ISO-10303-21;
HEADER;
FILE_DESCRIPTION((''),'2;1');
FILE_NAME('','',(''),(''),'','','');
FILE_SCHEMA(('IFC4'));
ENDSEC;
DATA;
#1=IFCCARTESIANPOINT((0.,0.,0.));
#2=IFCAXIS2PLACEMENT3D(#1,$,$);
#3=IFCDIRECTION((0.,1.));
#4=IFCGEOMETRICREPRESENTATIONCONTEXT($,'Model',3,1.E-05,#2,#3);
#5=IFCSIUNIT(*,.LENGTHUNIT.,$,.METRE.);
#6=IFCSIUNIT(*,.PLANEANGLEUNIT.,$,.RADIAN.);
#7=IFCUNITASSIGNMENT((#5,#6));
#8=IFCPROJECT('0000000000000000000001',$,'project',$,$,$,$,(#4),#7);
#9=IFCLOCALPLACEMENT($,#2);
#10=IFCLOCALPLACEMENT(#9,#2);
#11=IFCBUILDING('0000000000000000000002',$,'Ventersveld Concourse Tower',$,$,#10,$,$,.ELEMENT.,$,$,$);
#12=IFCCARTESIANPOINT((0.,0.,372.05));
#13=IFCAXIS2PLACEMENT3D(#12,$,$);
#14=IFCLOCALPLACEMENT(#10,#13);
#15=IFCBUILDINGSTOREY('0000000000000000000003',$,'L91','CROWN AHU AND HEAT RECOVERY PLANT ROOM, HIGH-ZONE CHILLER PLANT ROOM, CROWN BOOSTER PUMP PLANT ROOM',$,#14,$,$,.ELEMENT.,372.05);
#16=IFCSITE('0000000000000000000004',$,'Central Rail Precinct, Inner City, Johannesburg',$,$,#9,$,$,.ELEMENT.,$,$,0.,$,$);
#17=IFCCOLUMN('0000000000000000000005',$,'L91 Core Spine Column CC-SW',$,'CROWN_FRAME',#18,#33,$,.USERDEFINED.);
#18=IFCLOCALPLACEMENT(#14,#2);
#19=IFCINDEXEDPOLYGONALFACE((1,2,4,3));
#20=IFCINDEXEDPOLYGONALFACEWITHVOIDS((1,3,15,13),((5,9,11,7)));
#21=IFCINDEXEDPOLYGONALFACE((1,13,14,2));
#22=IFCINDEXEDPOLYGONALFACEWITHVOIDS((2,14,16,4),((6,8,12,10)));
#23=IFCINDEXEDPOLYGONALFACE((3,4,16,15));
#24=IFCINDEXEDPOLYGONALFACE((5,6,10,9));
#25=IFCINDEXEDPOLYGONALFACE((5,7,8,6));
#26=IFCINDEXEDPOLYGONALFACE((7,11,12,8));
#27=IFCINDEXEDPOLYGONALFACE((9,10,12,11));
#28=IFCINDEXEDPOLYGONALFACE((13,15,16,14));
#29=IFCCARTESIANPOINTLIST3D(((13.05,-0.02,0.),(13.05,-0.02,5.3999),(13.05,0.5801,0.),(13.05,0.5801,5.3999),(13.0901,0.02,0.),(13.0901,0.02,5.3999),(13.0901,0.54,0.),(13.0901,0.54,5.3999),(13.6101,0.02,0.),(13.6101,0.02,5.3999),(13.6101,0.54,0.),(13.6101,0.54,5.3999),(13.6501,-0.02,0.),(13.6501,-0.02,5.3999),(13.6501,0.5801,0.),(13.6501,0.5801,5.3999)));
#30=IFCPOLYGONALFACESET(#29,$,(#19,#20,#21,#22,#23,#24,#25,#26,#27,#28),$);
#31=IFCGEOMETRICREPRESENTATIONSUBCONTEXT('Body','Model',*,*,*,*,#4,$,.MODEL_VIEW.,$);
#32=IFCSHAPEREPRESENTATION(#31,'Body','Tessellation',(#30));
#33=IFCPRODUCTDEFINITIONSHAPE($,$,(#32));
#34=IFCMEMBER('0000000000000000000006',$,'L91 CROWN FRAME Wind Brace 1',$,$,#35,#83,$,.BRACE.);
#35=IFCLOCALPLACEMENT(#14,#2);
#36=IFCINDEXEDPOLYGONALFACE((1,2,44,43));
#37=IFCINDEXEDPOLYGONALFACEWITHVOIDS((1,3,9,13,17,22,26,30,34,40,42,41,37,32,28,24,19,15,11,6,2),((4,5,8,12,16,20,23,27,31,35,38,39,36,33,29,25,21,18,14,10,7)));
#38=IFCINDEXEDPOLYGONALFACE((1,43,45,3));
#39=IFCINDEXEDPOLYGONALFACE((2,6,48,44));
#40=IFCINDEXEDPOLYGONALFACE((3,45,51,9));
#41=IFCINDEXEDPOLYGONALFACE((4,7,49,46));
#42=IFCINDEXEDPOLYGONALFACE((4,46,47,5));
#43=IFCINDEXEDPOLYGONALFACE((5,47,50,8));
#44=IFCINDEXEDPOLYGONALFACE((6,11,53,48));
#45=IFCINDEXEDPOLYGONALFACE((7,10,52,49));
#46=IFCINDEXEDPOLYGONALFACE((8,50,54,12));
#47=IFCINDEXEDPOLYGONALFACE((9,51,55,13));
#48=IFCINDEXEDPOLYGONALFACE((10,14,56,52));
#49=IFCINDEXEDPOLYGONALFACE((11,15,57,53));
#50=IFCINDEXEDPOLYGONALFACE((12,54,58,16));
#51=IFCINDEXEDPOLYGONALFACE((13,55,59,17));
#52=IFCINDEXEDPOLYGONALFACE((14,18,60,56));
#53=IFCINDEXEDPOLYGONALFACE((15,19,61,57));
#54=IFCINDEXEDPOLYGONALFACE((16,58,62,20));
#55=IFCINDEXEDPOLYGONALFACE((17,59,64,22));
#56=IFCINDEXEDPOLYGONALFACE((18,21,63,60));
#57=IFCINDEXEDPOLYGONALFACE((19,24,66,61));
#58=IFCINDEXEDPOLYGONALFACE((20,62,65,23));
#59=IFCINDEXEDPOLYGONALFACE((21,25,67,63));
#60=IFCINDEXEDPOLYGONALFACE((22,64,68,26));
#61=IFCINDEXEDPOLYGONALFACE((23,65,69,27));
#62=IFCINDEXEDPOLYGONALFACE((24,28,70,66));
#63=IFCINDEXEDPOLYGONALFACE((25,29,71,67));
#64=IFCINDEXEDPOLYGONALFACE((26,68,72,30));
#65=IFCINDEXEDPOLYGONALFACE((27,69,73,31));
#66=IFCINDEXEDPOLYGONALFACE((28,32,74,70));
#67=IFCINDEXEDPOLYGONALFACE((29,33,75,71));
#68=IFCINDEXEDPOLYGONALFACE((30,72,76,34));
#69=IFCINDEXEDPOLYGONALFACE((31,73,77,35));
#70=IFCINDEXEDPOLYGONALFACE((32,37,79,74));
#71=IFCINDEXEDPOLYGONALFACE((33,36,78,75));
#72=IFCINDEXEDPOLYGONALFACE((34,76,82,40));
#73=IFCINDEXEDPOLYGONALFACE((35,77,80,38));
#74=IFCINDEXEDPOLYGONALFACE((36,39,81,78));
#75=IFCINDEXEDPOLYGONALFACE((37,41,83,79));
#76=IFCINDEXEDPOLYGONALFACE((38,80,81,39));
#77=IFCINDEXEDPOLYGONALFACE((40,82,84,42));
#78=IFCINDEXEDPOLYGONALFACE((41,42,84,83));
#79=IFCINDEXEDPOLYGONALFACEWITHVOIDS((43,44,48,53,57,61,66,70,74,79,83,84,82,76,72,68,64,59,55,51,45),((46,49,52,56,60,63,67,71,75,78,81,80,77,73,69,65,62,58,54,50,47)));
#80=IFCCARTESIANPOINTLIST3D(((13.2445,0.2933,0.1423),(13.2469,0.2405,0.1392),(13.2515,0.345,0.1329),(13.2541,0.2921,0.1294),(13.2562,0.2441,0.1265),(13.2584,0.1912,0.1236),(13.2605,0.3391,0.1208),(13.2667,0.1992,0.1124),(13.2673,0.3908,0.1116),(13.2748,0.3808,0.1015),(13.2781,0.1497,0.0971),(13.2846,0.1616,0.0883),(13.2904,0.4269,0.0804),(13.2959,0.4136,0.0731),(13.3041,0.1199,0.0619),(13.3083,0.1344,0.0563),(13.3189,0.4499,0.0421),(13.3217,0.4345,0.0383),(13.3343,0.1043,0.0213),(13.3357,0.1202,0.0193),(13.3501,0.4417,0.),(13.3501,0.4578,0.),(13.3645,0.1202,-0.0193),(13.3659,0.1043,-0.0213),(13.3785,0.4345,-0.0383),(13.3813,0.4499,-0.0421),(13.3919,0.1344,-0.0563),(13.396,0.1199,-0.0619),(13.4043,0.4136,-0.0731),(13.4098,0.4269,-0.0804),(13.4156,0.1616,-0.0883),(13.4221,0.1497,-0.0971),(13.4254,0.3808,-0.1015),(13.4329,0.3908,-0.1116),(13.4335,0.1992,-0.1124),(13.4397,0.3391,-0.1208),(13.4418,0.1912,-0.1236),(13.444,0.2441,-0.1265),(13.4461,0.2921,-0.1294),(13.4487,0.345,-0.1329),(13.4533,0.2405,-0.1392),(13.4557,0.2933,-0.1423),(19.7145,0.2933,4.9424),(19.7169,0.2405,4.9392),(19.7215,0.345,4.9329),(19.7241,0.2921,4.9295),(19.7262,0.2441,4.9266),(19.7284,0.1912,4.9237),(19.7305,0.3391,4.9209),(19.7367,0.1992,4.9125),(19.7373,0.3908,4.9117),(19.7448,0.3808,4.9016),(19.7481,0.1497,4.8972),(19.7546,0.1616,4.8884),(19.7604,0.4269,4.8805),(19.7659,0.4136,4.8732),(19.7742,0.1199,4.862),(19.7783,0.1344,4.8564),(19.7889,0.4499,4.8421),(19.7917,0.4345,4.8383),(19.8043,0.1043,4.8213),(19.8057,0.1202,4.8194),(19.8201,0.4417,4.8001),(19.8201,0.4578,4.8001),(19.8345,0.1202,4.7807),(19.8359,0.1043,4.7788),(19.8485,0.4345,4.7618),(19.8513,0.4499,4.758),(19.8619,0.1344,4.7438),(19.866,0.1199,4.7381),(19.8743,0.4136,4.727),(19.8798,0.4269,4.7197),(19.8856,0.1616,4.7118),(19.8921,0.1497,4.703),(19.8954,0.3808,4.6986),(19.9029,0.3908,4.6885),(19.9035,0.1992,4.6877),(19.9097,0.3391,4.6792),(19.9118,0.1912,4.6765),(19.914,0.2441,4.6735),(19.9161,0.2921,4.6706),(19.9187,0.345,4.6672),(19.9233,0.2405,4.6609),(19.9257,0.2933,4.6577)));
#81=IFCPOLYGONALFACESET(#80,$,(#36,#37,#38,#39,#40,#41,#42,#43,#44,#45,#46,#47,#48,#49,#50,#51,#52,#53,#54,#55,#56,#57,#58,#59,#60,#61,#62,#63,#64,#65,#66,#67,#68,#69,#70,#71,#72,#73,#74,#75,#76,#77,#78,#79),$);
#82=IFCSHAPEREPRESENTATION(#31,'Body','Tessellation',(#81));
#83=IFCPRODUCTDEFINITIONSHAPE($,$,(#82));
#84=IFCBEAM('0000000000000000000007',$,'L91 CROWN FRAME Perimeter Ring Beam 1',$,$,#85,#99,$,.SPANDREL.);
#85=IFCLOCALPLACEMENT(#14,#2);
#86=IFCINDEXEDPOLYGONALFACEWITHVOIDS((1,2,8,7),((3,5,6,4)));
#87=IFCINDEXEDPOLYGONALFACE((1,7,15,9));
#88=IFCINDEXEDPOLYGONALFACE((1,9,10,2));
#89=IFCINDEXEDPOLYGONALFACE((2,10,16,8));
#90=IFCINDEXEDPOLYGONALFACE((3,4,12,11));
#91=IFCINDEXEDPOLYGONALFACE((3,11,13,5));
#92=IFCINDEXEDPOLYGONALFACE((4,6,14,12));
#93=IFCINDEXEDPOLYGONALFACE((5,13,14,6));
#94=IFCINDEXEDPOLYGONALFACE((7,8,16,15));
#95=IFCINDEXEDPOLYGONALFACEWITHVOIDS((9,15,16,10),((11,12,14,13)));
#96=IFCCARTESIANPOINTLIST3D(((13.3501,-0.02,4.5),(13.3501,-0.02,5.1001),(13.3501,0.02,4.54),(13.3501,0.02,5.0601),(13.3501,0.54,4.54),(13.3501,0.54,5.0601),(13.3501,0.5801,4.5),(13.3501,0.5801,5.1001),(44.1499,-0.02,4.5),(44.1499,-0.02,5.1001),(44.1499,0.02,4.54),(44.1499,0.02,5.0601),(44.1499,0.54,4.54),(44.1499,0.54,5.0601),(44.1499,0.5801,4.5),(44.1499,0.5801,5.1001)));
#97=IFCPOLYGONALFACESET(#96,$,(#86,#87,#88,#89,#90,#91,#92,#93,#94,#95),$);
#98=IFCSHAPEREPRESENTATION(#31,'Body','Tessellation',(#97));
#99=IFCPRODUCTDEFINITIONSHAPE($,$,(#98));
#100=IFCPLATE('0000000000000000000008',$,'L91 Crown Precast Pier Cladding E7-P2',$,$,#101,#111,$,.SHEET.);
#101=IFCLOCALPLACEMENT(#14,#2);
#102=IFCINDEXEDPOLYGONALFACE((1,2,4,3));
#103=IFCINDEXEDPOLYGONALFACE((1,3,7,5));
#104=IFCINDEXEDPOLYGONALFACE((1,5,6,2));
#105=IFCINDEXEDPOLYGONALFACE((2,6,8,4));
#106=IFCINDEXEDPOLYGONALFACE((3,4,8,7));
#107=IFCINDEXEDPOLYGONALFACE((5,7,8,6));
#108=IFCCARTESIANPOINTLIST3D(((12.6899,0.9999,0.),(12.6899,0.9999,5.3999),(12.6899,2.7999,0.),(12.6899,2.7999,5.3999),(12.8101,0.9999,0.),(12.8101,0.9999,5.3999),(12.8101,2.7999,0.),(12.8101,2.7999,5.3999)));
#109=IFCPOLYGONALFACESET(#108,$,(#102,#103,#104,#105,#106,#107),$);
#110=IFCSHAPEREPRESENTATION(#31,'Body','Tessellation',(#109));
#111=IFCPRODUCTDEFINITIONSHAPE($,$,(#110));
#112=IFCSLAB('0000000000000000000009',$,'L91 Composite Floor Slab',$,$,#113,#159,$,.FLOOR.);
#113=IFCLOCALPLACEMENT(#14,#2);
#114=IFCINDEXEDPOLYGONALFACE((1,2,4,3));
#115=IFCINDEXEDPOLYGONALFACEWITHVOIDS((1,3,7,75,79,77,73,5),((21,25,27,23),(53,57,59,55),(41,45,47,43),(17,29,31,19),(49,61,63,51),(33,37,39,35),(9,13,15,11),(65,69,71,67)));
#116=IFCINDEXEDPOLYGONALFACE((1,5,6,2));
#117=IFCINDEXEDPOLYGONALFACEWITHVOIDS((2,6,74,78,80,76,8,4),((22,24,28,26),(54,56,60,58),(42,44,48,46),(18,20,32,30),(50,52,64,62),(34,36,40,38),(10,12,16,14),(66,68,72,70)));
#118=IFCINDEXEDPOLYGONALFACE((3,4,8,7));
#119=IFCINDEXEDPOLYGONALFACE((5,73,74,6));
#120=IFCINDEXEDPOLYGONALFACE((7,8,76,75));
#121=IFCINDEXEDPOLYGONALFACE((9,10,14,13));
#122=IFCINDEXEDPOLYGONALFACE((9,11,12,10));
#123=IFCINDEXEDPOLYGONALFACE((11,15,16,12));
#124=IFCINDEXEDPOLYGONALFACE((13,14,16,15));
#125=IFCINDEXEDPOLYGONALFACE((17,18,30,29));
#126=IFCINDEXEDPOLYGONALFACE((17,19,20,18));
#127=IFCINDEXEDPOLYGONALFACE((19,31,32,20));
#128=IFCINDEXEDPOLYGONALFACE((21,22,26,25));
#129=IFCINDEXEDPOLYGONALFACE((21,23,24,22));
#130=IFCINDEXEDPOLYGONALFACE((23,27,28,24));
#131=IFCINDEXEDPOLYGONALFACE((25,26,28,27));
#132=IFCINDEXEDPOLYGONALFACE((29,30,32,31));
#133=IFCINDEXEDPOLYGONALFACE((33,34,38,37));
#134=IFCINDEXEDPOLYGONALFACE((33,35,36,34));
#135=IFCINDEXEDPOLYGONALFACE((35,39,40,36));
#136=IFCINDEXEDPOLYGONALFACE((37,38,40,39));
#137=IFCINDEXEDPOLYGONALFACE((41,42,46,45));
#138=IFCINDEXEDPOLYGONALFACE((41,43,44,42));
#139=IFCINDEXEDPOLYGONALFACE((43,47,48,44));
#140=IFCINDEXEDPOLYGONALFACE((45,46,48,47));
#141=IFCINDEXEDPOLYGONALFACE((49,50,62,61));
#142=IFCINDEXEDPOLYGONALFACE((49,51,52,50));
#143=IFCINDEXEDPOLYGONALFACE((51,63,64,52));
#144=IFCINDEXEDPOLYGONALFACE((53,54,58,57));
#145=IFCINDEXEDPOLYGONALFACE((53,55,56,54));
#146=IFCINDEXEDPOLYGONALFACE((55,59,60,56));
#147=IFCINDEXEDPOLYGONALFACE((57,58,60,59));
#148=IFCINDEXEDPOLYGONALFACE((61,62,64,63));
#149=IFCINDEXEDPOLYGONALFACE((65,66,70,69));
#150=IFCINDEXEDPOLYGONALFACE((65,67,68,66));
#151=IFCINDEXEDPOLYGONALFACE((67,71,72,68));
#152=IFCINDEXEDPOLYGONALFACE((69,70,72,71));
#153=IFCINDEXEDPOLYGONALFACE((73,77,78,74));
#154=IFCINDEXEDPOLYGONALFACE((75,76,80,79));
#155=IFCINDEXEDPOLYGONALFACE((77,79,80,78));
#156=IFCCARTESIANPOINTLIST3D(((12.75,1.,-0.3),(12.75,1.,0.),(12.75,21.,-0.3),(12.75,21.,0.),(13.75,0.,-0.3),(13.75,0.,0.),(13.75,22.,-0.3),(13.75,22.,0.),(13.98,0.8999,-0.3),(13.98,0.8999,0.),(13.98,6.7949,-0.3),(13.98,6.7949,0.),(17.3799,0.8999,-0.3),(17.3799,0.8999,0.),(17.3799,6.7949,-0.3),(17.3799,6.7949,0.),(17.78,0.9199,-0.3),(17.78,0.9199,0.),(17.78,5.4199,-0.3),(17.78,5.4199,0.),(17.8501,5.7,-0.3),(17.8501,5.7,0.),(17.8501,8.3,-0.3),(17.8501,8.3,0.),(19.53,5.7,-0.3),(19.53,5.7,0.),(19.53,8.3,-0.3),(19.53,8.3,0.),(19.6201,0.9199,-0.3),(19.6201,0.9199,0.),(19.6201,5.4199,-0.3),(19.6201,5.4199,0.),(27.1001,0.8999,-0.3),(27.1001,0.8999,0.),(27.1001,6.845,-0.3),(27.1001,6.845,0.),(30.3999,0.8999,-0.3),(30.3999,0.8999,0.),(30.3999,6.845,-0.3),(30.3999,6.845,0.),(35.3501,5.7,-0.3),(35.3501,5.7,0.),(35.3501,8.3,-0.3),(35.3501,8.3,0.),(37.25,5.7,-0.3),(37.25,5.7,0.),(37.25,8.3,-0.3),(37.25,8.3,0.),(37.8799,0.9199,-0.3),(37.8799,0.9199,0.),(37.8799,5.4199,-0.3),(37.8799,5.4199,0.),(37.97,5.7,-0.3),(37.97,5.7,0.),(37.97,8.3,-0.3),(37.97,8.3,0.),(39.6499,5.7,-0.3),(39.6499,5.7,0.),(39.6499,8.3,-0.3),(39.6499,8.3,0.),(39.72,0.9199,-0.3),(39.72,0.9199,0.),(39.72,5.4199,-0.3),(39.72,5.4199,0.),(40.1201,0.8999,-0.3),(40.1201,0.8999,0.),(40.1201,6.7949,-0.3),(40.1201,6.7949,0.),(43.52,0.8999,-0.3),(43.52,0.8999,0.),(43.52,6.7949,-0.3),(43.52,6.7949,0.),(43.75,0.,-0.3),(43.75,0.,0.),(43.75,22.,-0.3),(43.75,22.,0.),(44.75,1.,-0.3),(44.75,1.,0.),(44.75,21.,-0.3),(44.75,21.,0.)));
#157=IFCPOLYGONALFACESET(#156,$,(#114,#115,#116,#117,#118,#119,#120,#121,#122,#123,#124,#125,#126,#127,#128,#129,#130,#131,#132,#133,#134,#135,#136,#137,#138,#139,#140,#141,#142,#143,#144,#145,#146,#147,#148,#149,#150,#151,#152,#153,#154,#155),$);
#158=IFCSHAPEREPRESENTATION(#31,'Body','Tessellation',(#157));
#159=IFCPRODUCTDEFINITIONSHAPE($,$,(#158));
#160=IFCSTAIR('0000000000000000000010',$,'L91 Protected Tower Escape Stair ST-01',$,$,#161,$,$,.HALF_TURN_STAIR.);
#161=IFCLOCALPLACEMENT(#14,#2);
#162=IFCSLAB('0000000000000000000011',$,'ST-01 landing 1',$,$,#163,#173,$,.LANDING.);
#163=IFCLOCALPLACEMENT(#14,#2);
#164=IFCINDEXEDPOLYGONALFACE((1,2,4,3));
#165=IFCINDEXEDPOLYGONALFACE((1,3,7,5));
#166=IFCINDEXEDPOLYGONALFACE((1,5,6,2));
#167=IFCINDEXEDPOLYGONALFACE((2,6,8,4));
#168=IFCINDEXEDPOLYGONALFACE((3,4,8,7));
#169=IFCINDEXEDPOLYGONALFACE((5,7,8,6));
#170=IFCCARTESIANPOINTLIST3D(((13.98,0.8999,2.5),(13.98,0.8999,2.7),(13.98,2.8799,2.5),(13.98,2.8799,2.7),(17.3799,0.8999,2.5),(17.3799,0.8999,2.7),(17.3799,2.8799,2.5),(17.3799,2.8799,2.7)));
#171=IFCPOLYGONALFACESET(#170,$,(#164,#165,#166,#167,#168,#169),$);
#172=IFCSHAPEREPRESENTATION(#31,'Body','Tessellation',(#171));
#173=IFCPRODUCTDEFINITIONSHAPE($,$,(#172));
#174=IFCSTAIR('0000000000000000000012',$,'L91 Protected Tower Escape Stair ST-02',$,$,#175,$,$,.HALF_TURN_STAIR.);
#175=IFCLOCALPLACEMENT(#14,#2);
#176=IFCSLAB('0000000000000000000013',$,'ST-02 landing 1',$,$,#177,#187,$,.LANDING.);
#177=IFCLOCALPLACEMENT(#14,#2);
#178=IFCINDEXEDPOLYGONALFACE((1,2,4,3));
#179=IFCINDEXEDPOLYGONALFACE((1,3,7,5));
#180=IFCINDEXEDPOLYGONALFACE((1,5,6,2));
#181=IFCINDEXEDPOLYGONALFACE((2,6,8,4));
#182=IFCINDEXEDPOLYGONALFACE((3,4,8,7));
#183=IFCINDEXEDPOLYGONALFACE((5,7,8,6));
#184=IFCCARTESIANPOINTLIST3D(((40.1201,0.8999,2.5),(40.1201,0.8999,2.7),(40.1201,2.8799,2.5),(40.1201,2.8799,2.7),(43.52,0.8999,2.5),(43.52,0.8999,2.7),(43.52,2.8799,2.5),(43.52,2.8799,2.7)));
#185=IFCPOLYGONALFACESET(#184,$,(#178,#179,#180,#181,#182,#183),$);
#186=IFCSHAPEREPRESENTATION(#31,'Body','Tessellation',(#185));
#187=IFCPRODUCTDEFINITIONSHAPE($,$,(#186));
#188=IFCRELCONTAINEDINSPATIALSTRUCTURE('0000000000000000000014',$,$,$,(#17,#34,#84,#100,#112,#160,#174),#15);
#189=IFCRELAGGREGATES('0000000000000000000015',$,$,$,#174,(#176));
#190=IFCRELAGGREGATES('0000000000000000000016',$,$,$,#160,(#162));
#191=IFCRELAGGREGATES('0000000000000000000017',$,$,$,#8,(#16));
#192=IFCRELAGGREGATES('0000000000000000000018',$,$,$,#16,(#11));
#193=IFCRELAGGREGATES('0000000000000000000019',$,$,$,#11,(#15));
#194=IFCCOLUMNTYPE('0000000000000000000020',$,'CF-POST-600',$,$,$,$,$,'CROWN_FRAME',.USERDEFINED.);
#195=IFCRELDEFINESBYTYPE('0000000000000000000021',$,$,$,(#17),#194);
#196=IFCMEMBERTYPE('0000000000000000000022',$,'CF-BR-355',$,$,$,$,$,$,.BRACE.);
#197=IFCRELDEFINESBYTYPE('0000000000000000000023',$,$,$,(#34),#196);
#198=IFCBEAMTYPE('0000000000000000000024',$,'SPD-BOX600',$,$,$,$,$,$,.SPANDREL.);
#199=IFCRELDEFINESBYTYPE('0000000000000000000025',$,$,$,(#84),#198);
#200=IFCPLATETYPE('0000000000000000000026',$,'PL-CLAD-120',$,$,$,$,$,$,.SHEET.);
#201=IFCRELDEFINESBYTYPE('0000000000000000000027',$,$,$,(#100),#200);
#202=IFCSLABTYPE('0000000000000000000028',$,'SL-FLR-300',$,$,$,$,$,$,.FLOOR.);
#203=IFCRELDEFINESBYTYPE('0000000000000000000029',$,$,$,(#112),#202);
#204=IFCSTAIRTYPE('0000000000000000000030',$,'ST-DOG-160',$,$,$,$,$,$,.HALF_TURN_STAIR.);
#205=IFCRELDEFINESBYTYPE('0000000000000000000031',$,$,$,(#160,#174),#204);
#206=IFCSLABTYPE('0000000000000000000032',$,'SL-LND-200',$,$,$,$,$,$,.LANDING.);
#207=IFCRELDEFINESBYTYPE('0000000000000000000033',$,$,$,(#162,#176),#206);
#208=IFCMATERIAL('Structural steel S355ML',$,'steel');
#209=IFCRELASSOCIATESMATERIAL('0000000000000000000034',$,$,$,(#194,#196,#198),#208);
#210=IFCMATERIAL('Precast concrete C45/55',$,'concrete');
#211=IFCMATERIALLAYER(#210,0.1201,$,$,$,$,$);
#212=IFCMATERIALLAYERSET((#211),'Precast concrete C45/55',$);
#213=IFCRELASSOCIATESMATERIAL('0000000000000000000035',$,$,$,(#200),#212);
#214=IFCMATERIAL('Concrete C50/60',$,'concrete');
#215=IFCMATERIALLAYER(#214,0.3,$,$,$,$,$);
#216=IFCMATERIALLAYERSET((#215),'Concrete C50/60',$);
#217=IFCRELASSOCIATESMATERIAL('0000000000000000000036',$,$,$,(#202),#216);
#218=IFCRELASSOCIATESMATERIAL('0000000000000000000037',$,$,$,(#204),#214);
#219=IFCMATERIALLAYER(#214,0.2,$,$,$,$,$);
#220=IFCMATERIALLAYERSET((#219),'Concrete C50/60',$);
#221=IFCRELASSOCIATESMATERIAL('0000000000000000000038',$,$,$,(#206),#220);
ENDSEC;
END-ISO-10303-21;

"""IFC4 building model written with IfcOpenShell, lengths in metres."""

from ifc_helpers import new_model, si_unit, direction, frame, origin, origin_2d, place, context, subcontext, project, spatial, polyline, rectangle, hollow_rectangle, hollow_circle, outline, extrude, material, layer, layer_set, material_profile, profile_set, type_object, element, aggregate, save


model = new_model("IFC4")

# Units and contexts
model_context = context("Model", 3, precision=1e-05, world=origin(), true_north=direction((0.0, 1.0)))
body_context = subcontext(model_context, "Body", "Model", "MODEL_VIEW")
ifc_project = project(units=[si_unit("LENGTHUNIT", "METRE"), si_unit("PLANEANGLEUNIT", "RADIAN")], contexts=[model_context])

# Site, building, storey
site_placement = place(None, origin())
site = spatial("IfcSite", under=ifc_project, at=site_placement, Name="Central Rail Precinct, Inner City, Johannesburg", CompositionType="ELEMENT", RefElevation=0.0)
building_placement = place(site_placement, origin())
building = spatial("IfcBuilding", under=site, at=building_placement, Name="Ventersveld Concourse Tower", CompositionType="ELEMENT")
storey_placement = place(building_placement, frame((0.0, 0.0, 372.05)))
storey = spatial("IfcBuildingStorey", under=building, at=storey_placement, Name="L91", Description="CROWN AHU AND HEAT RECOVERY PLANT ROOM, HIGH-ZONE CHILLER PLANT ROOM, CROWN BOOSTER PUMP PLANT ROOM", CompositionType="ELEMENT", Elevation=372.05)

# Column
ifc_material_1 = material(Name="Structural steel S355ML", Category="steel")
ifc_material_profile_1 = material_profile(ifc_material_1, hollow_rectangle(XDim=0.6001, YDim=0.6001, WallThickness=0.04, at=origin_2d()), Name="BOX 600x600x40")
ifc_profile_set_1 = profile_set([ifc_material_profile_1], Name="Structural steel S355ML")
column_type = type_object("IfcColumnType", Name="CF-POST-600", ElementType="CROWN_FRAME", PredefinedType="USERDEFINED", material=ifc_profile_set_1)
column_placement = place(storey_placement, frame((13.3501, 0.28, 0.0), z_axis=(0.0, 0.0, 1.0), x_axis=(1.0, 0.0, 0.0)))
element("IfcColumn", 1, at=column_placement, inside=storey, type_object=column_type, Name="L91 Core Spine Column CC-SW", ObjectType="CROWN_FRAME", PredefinedType="USERDEFINED", context=body_context, shape_type="SweptSolid", body=[
    extrude(hollow_rectangle(XDim=0.6001, YDim=0.6001, WallThickness=0.04, at=origin_2d()), origin(), (0.0, 0.0, 1.0), 5.3999),
])

# Member
ifc_material_profile_2 = material_profile(ifc_material_1, hollow_circle(Radius=0.1777, WallThickness=0.0161, at=origin_2d()), Name="CHS 355.6x16")
ifc_profile_set_2 = profile_set([ifc_material_profile_2], Name="Structural steel S355ML")
member_type = type_object("IfcMemberType", Name="CF-BR-355", PredefinedType="BRACE", material=ifc_profile_set_2)
member_placement = place(storey_placement, frame((13.3501, 0.28, 0.0), z_axis=(0.803113, 0.0, 0.595827), x_axis=(0.0, 1.0, 0.0)))
element("IfcMember", 2, at=member_placement, inside=storey, type_object=member_type, Name="L91 CROWN FRAME Wind Brace 1", PredefinedType="BRACE", context=body_context, shape_type="SweptSolid", body=[
    extrude(hollow_circle(Radius=0.1777, WallThickness=0.0161, at=origin_2d()), origin(), (0.0, 0.0, 1.0), 8.0562),
])

# Beam
ifc_material_profile_3 = material_profile(ifc_material_1, hollow_rectangle(XDim=0.6001, YDim=0.6001, WallThickness=0.04, at=origin_2d()), Name="BOX 600x600x40")
ifc_profile_set_3 = profile_set([ifc_material_profile_3], Name="Structural steel S355ML")
beam_type = type_object("IfcBeamType", Name="SPD-BOX600", PredefinedType="SPANDREL", material=ifc_profile_set_3)
beam_placement = place(storey_placement, frame((13.3501, 0.28, 4.8), z_axis=(1.0, 0.0, 0.0), x_axis=(0.0, 1.0, 0.0)))
element("IfcBeam", 3, at=beam_placement, inside=storey, type_object=beam_type, Name="L91 CROWN FRAME Perimeter Ring Beam 1", PredefinedType="SPANDREL", context=body_context, shape_type="SweptSolid", body=[
    extrude(hollow_rectangle(XDim=0.6001, YDim=0.6001, WallThickness=0.04, at=origin_2d()), origin(), (0.0, 0.0, 1.0), 30.7998),
])

# Plate
ifc_material_2 = material(Name="Precast concrete C45/55", Category="concrete")
ifc_layer_1 = layer(ifc_material_2, 0.1201)
ifc_layer_set_1 = layer_set([ifc_layer_1], Name="Precast concrete C45/55")
plate_type = type_object("IfcPlateType", Name="PL-CLAD-120", PredefinedType="SHEET", material=ifc_layer_set_1)
plate_placement = place(storey_placement, frame((12.75, 1.8999, 0.0), z_axis=(0.0, 0.0, 1.0), x_axis=(0.0, -1.0, 0.0)))
element("IfcPlate", 4, at=plate_placement, inside=storey, type_object=plate_type, Name="L91 Crown Precast Pier Cladding E7-P2", PredefinedType="SHEET", context=body_context, shape_type="SweptSolid", body=[
    extrude(rectangle(XDim=1.8, YDim=0.1201, at=origin_2d()), origin(), (0.0, 0.0, 1.0), 5.3999),
])

# Slab
ifc_material_3 = material(Name="Concrete C50/60", Category="concrete")
ifc_layer_2 = layer(ifc_material_3, 0.3)
ifc_layer_set_2 = layer_set([ifc_layer_2], Name="Concrete C50/60")
slab_type_1 = type_object("IfcSlabType", Name="SL-FLR-300", PredefinedType="FLOOR", material=ifc_layer_set_2)
slab_1_placement = place(storey_placement, frame((0.0, 0.0, -0.3)))
element("IfcSlab", 5, at=slab_1_placement, inside=storey, type_object=slab_type_1, Name="L91 Composite Floor Slab", PredefinedType="FLOOR", context=body_context, shape_type="SweptSolid", body=[
    extrude(outline(polyline([(13.75, 0.0), (43.75, 0.0), (44.75, 1.0), (44.75, 21.0), (43.75, 22.0), (13.75, 22.0), (12.75, 21.0), (12.75, 1.0), (13.75, 0.0)]), holes=[polyline([(13.98, 6.7949), (13.98, 0.8999), (17.3799, 0.8999), (17.3799, 6.7949), (13.98, 6.7949)]), polyline([(40.1201, 6.7949), (40.1201, 0.8999), (43.52, 0.8999), (43.52, 6.7949), (40.1201, 6.7949)]), polyline([(27.1001, 6.845), (27.1001, 0.8999), (30.3999, 0.8999), (30.3999, 6.845), (27.1001, 6.845)]), polyline([(17.8501, 5.7), (19.53, 5.7), (19.53, 8.3), (17.8501, 8.3), (17.8501, 5.7)]), polyline([(37.97, 5.7), (39.6499, 5.7), (39.6499, 8.3), (37.97, 8.3), (37.97, 5.7)]), polyline([(35.3501, 5.7), (37.25, 5.7), (37.25, 8.3), (35.3501, 8.3), (35.3501, 5.7)]), polyline([(17.78, 0.9199), (19.6201, 0.9199), (19.6201, 5.4199), (17.78, 5.4199), (17.78, 0.9199)]), polyline([(37.8799, 0.9199), (39.72, 0.9199), (39.72, 5.4199), (37.8799, 5.4199), (37.8799, 0.9199)])]), origin(), (0.0, 0.0, 1.0), 0.3),
])

# Stairs, slabs
stair_type_1 = type_object("IfcStairType", Name="ST-DOG-160", PredefinedType="HALF_TURN_STAIR", material=ifc_material_3)
stair_1_placement = place(storey_placement, origin())
stair_1 = element("IfcStair", 6, at=stair_1_placement, inside=storey, type_object=stair_type_1, Name="L91 Protected Tower Escape Stair ST-01", PredefinedType="HALF_TURN_STAIR")
ifc_layer_3 = layer(ifc_material_3, 0.2)
ifc_layer_set_3 = layer_set([ifc_layer_3], Name="Concrete C50/60")
slab_type_2 = type_object("IfcSlabType", Name="SL-LND-200", PredefinedType="LANDING", material=ifc_layer_set_3)
slab_2_placement = place(storey_placement, frame((0.0, 0.0, 2.5)))
slab_2 = element("IfcSlab", 7, at=slab_2_placement, type_object=slab_type_2, Name="ST-01 landing 1", PredefinedType="LANDING", context=body_context, shape_type="SweptSolid", body=[
    extrude(outline(polyline([(13.98, 2.8799), (13.98, 0.8999), (17.3799, 0.8999), (17.3799, 2.8799), (13.98, 2.8799)])), origin(), (0.0, 0.0, 1.0), 0.2),
])
stair_2_placement = place(storey_placement, origin())
stair_2 = element("IfcStair", 8, at=stair_2_placement, inside=storey, type_object=stair_type_1, Name="L91 Protected Tower Escape Stair ST-02", PredefinedType="HALF_TURN_STAIR")
slab_3_placement = place(storey_placement, frame((0.0, 0.0, 2.5)))
slab_3 = element("IfcSlab", 9, at=slab_3_placement, type_object=slab_type_2, Name="ST-02 landing 1", PredefinedType="LANDING", context=body_context, shape_type="SweptSolid", body=[
    extrude(outline(polyline([(40.1201, 2.8799), (40.1201, 0.8999), (43.52, 0.8999), (43.52, 2.8799), (40.1201, 2.8799)])), origin(), (0.0, 0.0, 1.0), 0.2),
])
aggregate(stair_2, [slab_3])

aggregate(stair_1, [slab_2])

save(model, "model.ifc")
